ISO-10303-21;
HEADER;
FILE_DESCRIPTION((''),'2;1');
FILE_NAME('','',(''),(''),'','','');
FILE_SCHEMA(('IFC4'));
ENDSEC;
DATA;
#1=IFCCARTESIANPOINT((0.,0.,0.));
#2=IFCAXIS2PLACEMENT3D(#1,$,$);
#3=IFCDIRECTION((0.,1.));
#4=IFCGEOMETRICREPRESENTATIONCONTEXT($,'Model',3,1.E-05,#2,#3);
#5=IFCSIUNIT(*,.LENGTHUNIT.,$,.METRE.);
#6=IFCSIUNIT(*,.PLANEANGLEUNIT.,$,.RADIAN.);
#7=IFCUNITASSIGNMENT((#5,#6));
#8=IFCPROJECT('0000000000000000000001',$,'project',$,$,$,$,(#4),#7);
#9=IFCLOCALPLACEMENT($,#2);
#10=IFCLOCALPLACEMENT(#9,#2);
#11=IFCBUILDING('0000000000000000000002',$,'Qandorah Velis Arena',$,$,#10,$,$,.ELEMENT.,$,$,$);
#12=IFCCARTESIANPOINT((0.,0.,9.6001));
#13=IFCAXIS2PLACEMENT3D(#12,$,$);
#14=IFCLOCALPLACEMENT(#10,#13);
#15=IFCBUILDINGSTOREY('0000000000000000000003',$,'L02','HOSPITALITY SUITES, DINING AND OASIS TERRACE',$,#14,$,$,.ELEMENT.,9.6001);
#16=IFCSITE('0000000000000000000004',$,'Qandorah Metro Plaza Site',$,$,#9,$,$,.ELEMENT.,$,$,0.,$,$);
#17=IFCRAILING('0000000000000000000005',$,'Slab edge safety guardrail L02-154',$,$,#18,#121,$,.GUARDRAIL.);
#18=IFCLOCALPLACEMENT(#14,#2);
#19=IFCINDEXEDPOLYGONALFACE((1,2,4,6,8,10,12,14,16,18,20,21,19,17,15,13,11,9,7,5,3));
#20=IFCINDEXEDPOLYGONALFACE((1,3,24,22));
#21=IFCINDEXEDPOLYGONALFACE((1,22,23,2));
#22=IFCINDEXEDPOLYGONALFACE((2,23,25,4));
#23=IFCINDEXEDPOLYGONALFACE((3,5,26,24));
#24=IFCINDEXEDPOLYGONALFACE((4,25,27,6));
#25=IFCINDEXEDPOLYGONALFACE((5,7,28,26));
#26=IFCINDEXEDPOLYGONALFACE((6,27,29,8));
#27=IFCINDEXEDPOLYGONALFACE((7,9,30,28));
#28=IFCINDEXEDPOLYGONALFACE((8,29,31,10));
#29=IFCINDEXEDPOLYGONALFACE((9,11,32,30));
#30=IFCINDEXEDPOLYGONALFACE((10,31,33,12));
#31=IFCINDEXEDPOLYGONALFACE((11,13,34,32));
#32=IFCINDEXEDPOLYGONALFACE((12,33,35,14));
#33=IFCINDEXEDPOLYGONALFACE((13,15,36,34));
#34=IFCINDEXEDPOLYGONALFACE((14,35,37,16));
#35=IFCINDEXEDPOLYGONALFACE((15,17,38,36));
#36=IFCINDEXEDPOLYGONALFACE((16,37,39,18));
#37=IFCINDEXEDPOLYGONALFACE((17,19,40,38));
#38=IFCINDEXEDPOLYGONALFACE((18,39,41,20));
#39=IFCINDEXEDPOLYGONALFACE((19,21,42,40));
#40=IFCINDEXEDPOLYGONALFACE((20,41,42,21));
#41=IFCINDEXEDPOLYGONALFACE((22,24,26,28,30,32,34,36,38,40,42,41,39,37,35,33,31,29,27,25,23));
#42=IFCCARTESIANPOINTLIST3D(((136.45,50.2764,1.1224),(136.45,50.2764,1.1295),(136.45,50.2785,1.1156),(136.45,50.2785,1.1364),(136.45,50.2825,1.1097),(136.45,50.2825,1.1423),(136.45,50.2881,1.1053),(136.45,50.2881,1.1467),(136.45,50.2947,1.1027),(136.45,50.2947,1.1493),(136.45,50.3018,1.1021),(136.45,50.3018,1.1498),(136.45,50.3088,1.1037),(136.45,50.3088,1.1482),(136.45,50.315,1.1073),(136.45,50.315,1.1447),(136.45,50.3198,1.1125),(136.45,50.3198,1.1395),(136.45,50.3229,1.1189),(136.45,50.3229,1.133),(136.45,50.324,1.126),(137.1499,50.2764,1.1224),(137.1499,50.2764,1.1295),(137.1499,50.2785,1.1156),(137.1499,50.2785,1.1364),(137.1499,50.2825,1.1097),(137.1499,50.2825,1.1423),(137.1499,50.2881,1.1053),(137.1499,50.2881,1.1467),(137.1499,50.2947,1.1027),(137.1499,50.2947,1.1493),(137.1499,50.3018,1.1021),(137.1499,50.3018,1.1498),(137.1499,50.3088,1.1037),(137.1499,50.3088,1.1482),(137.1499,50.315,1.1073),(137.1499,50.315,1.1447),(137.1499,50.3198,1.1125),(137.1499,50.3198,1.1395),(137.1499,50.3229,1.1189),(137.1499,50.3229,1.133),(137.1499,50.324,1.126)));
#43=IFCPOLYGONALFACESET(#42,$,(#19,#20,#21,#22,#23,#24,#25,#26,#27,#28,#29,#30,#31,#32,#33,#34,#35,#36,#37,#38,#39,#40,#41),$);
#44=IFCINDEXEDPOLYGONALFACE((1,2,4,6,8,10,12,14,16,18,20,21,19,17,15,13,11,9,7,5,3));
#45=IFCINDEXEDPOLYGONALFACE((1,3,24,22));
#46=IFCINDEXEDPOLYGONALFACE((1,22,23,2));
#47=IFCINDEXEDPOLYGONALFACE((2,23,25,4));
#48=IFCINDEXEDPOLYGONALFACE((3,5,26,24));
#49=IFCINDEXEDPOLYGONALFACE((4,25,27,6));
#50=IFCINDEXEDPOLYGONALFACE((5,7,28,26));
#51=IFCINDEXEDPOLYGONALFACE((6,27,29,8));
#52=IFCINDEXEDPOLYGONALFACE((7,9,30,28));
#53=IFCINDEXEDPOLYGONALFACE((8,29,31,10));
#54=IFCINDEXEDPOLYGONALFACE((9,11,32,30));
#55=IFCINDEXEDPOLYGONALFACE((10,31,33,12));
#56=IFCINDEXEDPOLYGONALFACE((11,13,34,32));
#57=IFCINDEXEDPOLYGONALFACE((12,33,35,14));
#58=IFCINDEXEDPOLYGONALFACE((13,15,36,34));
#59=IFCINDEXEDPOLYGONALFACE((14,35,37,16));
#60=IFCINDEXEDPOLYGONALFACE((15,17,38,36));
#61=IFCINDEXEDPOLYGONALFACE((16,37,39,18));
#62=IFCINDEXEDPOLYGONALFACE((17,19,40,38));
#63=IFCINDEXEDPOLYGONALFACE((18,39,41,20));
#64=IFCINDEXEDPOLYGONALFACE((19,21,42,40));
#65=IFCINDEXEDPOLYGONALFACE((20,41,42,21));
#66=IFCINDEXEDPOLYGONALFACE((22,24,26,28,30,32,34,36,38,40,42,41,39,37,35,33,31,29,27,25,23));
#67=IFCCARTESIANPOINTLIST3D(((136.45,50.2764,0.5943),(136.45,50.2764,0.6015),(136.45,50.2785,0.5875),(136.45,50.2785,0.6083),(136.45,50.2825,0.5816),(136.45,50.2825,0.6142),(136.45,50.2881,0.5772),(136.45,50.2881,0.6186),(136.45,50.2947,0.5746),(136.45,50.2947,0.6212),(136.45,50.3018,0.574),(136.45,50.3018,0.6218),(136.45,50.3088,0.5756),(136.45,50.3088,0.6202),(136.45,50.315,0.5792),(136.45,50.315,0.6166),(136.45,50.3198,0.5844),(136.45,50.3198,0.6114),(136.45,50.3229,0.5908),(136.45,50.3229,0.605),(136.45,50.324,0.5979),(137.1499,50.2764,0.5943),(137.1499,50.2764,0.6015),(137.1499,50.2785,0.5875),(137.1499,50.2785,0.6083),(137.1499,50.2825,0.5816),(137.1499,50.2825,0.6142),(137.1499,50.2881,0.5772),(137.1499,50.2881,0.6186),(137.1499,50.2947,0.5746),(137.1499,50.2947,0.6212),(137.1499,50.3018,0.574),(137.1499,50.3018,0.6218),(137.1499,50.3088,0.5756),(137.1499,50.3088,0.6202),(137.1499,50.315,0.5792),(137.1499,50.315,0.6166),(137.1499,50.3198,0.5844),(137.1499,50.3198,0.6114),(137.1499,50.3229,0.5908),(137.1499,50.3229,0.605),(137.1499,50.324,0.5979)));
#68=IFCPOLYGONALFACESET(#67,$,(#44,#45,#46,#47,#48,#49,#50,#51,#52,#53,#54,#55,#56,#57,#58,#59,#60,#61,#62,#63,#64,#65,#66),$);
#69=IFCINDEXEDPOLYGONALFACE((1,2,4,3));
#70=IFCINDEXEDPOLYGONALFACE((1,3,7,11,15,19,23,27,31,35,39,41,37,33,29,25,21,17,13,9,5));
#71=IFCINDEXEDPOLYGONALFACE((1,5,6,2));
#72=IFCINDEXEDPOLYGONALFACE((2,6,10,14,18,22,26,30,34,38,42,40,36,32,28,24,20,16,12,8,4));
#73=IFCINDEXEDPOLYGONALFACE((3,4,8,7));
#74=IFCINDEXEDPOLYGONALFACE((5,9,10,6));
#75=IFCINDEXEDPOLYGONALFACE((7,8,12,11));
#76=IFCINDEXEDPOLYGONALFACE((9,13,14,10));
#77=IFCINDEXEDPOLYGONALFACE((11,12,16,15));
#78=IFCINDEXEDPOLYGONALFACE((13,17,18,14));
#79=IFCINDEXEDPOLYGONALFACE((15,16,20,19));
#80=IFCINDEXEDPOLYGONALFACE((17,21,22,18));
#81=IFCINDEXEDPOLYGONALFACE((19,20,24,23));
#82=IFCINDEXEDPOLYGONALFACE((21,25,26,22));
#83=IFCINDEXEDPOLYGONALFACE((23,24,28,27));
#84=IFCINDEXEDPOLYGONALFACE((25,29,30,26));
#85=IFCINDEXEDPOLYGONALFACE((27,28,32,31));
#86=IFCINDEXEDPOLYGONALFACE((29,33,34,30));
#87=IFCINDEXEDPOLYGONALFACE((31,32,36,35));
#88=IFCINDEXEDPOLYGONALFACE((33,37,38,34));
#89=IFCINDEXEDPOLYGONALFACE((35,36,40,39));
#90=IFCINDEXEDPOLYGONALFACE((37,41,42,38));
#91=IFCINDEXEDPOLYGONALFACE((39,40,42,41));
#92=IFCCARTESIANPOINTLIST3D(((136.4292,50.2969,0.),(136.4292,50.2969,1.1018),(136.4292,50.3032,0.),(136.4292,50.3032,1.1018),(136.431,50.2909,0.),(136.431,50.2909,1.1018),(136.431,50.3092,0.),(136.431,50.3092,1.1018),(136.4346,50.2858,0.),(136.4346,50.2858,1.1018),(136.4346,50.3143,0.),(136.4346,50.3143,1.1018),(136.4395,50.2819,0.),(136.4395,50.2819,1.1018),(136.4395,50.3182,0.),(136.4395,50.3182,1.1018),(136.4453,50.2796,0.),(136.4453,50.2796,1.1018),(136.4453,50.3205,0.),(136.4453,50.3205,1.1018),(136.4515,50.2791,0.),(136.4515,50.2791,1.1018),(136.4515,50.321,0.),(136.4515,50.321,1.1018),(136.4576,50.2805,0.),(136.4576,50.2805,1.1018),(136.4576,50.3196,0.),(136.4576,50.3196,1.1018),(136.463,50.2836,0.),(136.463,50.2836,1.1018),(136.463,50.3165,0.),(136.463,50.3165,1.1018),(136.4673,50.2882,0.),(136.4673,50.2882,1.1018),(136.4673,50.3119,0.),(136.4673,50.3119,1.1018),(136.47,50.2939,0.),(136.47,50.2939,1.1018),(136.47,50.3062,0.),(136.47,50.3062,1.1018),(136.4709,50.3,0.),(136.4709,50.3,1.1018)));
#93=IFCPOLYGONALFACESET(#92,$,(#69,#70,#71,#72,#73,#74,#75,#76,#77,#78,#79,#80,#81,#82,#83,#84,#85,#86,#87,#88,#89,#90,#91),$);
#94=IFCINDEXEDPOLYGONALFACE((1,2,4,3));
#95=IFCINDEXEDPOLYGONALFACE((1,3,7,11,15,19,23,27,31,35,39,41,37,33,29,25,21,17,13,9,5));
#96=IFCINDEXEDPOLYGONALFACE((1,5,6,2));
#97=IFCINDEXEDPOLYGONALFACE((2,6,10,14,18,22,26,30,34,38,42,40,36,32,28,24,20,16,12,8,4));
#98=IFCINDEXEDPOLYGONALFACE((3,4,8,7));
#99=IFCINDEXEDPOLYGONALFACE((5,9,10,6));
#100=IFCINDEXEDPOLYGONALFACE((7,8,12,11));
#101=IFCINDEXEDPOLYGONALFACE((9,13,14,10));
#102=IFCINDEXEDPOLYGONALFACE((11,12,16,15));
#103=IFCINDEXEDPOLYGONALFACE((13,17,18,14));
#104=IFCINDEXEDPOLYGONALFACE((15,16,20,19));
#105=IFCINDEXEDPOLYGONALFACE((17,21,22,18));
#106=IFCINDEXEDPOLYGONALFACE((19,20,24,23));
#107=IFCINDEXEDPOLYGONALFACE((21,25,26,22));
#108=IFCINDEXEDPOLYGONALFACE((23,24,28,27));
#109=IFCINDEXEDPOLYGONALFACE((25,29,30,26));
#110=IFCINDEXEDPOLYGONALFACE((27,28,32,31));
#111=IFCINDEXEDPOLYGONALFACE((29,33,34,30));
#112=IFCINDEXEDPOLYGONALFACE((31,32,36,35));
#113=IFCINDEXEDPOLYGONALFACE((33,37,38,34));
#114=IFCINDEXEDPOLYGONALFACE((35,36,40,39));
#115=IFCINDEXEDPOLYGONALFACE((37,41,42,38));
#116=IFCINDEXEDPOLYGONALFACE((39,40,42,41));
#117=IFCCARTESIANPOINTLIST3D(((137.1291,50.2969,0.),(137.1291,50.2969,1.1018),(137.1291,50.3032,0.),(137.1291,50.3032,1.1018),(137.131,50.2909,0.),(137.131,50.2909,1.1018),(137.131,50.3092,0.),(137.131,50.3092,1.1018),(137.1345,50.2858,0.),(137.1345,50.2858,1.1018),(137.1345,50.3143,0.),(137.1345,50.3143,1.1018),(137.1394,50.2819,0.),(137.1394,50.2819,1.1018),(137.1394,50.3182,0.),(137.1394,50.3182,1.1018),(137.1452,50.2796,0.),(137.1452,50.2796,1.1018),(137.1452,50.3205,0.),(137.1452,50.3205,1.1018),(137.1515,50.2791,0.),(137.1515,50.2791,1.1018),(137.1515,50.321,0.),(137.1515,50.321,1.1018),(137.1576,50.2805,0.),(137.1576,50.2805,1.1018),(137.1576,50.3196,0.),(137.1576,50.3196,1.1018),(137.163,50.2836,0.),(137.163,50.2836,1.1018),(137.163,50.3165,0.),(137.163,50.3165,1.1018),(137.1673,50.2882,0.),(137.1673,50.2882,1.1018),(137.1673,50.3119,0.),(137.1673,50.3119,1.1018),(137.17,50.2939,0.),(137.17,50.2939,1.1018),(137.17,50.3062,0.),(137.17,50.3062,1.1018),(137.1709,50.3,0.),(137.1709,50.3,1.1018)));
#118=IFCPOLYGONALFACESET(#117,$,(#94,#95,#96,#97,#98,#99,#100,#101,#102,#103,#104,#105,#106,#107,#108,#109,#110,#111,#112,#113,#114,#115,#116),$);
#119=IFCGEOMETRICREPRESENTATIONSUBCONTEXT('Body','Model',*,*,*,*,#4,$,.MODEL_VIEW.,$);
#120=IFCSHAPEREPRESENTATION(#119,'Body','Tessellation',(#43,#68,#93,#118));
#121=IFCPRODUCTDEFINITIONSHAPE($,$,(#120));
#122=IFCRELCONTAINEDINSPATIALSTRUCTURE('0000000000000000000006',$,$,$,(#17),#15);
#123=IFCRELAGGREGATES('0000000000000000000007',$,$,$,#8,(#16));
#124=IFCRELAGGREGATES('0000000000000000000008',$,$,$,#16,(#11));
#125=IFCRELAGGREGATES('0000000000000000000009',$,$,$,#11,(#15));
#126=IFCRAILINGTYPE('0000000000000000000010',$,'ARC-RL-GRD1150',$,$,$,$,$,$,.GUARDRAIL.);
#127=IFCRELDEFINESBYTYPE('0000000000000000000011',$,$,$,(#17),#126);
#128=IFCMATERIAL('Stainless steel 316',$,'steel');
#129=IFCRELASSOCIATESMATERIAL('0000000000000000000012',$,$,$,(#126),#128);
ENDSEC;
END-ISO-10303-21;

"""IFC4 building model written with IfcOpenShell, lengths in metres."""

from ifc_helpers import new_model, si_unit, direction, frame, origin, origin_2d, place, context, subcontext, project, spatial, circle, extrude, material, type_object, element, save


model = new_model("IFC4")

# Units and contexts
model_context = context("Model", 3, precision=1e-05, world=origin(), true_north=direction((0.0, 1.0)))
body_context = subcontext(model_context, "Body", "Model", "MODEL_VIEW")
ifc_project = project(units=[si_unit("LENGTHUNIT", "METRE"), si_unit("PLANEANGLEUNIT", "RADIAN")], contexts=[model_context])

# Site, building, storey
site_placement = place(None, origin())
site = spatial("IfcSite", under=ifc_project, at=site_placement, Name="Qandorah Metro Plaza Site", CompositionType="ELEMENT", RefElevation=0.0)
building_placement = place(site_placement, origin())
building = spatial("IfcBuilding", under=site, at=building_placement, Name="Qandorah Velis Arena", CompositionType="ELEMENT")
storey_placement = place(building_placement, frame((0.0, 0.0, 9.6001)))
storey = spatial("IfcBuildingStorey", under=building, at=storey_placement, Name="L02", Description="HOSPITALITY SUITES, DINING AND OASIS TERRACE", CompositionType="ELEMENT", Elevation=9.6001)

# Railing
ifc_material_1 = material(Name="Stainless steel 316", Category="steel")
railing_type = type_object("IfcRailingType", Name="ARC-RL-GRD1150", PredefinedType="GUARDRAIL", material=ifc_material_1)
railing_1_placement = place(storey_placement, frame((136.45, 50.3, 0.0)))
element("IfcRailing", 1, at=railing_1_placement, inside=storey, type_object=railing_type, Name="Slab edge safety guardrail L02-154", PredefinedType="GUARDRAIL", context=body_context, shape_type="SweptSolid", body=[
    extrude(circle(Radius=0.0239, at=origin_2d()), frame((0.0, 0.0, 1.126), z_axis=(1.0, 0.0, 0.0), x_axis=(0.0, 1.0, 0.0)), (0.0, 0.0, 1.0), 0.7),
    extrude(circle(Radius=0.0239, at=origin_2d()), frame((0.0, 0.0, 0.5979), z_axis=(1.0, 0.0, 0.0), x_axis=(0.0, 1.0, 0.0)), (0.0, 0.0, 1.0), 0.7),
    extrude(circle(Radius=0.021, at=origin_2d()), origin(), (0.0, 0.0, 1.0), 1.1018),
    extrude(circle(Radius=0.021, at=origin_2d()), frame((0.7, 0.0, 0.0)), (0.0, 0.0, 1.0), 1.1018),
])

save(model, "model.ifc")
